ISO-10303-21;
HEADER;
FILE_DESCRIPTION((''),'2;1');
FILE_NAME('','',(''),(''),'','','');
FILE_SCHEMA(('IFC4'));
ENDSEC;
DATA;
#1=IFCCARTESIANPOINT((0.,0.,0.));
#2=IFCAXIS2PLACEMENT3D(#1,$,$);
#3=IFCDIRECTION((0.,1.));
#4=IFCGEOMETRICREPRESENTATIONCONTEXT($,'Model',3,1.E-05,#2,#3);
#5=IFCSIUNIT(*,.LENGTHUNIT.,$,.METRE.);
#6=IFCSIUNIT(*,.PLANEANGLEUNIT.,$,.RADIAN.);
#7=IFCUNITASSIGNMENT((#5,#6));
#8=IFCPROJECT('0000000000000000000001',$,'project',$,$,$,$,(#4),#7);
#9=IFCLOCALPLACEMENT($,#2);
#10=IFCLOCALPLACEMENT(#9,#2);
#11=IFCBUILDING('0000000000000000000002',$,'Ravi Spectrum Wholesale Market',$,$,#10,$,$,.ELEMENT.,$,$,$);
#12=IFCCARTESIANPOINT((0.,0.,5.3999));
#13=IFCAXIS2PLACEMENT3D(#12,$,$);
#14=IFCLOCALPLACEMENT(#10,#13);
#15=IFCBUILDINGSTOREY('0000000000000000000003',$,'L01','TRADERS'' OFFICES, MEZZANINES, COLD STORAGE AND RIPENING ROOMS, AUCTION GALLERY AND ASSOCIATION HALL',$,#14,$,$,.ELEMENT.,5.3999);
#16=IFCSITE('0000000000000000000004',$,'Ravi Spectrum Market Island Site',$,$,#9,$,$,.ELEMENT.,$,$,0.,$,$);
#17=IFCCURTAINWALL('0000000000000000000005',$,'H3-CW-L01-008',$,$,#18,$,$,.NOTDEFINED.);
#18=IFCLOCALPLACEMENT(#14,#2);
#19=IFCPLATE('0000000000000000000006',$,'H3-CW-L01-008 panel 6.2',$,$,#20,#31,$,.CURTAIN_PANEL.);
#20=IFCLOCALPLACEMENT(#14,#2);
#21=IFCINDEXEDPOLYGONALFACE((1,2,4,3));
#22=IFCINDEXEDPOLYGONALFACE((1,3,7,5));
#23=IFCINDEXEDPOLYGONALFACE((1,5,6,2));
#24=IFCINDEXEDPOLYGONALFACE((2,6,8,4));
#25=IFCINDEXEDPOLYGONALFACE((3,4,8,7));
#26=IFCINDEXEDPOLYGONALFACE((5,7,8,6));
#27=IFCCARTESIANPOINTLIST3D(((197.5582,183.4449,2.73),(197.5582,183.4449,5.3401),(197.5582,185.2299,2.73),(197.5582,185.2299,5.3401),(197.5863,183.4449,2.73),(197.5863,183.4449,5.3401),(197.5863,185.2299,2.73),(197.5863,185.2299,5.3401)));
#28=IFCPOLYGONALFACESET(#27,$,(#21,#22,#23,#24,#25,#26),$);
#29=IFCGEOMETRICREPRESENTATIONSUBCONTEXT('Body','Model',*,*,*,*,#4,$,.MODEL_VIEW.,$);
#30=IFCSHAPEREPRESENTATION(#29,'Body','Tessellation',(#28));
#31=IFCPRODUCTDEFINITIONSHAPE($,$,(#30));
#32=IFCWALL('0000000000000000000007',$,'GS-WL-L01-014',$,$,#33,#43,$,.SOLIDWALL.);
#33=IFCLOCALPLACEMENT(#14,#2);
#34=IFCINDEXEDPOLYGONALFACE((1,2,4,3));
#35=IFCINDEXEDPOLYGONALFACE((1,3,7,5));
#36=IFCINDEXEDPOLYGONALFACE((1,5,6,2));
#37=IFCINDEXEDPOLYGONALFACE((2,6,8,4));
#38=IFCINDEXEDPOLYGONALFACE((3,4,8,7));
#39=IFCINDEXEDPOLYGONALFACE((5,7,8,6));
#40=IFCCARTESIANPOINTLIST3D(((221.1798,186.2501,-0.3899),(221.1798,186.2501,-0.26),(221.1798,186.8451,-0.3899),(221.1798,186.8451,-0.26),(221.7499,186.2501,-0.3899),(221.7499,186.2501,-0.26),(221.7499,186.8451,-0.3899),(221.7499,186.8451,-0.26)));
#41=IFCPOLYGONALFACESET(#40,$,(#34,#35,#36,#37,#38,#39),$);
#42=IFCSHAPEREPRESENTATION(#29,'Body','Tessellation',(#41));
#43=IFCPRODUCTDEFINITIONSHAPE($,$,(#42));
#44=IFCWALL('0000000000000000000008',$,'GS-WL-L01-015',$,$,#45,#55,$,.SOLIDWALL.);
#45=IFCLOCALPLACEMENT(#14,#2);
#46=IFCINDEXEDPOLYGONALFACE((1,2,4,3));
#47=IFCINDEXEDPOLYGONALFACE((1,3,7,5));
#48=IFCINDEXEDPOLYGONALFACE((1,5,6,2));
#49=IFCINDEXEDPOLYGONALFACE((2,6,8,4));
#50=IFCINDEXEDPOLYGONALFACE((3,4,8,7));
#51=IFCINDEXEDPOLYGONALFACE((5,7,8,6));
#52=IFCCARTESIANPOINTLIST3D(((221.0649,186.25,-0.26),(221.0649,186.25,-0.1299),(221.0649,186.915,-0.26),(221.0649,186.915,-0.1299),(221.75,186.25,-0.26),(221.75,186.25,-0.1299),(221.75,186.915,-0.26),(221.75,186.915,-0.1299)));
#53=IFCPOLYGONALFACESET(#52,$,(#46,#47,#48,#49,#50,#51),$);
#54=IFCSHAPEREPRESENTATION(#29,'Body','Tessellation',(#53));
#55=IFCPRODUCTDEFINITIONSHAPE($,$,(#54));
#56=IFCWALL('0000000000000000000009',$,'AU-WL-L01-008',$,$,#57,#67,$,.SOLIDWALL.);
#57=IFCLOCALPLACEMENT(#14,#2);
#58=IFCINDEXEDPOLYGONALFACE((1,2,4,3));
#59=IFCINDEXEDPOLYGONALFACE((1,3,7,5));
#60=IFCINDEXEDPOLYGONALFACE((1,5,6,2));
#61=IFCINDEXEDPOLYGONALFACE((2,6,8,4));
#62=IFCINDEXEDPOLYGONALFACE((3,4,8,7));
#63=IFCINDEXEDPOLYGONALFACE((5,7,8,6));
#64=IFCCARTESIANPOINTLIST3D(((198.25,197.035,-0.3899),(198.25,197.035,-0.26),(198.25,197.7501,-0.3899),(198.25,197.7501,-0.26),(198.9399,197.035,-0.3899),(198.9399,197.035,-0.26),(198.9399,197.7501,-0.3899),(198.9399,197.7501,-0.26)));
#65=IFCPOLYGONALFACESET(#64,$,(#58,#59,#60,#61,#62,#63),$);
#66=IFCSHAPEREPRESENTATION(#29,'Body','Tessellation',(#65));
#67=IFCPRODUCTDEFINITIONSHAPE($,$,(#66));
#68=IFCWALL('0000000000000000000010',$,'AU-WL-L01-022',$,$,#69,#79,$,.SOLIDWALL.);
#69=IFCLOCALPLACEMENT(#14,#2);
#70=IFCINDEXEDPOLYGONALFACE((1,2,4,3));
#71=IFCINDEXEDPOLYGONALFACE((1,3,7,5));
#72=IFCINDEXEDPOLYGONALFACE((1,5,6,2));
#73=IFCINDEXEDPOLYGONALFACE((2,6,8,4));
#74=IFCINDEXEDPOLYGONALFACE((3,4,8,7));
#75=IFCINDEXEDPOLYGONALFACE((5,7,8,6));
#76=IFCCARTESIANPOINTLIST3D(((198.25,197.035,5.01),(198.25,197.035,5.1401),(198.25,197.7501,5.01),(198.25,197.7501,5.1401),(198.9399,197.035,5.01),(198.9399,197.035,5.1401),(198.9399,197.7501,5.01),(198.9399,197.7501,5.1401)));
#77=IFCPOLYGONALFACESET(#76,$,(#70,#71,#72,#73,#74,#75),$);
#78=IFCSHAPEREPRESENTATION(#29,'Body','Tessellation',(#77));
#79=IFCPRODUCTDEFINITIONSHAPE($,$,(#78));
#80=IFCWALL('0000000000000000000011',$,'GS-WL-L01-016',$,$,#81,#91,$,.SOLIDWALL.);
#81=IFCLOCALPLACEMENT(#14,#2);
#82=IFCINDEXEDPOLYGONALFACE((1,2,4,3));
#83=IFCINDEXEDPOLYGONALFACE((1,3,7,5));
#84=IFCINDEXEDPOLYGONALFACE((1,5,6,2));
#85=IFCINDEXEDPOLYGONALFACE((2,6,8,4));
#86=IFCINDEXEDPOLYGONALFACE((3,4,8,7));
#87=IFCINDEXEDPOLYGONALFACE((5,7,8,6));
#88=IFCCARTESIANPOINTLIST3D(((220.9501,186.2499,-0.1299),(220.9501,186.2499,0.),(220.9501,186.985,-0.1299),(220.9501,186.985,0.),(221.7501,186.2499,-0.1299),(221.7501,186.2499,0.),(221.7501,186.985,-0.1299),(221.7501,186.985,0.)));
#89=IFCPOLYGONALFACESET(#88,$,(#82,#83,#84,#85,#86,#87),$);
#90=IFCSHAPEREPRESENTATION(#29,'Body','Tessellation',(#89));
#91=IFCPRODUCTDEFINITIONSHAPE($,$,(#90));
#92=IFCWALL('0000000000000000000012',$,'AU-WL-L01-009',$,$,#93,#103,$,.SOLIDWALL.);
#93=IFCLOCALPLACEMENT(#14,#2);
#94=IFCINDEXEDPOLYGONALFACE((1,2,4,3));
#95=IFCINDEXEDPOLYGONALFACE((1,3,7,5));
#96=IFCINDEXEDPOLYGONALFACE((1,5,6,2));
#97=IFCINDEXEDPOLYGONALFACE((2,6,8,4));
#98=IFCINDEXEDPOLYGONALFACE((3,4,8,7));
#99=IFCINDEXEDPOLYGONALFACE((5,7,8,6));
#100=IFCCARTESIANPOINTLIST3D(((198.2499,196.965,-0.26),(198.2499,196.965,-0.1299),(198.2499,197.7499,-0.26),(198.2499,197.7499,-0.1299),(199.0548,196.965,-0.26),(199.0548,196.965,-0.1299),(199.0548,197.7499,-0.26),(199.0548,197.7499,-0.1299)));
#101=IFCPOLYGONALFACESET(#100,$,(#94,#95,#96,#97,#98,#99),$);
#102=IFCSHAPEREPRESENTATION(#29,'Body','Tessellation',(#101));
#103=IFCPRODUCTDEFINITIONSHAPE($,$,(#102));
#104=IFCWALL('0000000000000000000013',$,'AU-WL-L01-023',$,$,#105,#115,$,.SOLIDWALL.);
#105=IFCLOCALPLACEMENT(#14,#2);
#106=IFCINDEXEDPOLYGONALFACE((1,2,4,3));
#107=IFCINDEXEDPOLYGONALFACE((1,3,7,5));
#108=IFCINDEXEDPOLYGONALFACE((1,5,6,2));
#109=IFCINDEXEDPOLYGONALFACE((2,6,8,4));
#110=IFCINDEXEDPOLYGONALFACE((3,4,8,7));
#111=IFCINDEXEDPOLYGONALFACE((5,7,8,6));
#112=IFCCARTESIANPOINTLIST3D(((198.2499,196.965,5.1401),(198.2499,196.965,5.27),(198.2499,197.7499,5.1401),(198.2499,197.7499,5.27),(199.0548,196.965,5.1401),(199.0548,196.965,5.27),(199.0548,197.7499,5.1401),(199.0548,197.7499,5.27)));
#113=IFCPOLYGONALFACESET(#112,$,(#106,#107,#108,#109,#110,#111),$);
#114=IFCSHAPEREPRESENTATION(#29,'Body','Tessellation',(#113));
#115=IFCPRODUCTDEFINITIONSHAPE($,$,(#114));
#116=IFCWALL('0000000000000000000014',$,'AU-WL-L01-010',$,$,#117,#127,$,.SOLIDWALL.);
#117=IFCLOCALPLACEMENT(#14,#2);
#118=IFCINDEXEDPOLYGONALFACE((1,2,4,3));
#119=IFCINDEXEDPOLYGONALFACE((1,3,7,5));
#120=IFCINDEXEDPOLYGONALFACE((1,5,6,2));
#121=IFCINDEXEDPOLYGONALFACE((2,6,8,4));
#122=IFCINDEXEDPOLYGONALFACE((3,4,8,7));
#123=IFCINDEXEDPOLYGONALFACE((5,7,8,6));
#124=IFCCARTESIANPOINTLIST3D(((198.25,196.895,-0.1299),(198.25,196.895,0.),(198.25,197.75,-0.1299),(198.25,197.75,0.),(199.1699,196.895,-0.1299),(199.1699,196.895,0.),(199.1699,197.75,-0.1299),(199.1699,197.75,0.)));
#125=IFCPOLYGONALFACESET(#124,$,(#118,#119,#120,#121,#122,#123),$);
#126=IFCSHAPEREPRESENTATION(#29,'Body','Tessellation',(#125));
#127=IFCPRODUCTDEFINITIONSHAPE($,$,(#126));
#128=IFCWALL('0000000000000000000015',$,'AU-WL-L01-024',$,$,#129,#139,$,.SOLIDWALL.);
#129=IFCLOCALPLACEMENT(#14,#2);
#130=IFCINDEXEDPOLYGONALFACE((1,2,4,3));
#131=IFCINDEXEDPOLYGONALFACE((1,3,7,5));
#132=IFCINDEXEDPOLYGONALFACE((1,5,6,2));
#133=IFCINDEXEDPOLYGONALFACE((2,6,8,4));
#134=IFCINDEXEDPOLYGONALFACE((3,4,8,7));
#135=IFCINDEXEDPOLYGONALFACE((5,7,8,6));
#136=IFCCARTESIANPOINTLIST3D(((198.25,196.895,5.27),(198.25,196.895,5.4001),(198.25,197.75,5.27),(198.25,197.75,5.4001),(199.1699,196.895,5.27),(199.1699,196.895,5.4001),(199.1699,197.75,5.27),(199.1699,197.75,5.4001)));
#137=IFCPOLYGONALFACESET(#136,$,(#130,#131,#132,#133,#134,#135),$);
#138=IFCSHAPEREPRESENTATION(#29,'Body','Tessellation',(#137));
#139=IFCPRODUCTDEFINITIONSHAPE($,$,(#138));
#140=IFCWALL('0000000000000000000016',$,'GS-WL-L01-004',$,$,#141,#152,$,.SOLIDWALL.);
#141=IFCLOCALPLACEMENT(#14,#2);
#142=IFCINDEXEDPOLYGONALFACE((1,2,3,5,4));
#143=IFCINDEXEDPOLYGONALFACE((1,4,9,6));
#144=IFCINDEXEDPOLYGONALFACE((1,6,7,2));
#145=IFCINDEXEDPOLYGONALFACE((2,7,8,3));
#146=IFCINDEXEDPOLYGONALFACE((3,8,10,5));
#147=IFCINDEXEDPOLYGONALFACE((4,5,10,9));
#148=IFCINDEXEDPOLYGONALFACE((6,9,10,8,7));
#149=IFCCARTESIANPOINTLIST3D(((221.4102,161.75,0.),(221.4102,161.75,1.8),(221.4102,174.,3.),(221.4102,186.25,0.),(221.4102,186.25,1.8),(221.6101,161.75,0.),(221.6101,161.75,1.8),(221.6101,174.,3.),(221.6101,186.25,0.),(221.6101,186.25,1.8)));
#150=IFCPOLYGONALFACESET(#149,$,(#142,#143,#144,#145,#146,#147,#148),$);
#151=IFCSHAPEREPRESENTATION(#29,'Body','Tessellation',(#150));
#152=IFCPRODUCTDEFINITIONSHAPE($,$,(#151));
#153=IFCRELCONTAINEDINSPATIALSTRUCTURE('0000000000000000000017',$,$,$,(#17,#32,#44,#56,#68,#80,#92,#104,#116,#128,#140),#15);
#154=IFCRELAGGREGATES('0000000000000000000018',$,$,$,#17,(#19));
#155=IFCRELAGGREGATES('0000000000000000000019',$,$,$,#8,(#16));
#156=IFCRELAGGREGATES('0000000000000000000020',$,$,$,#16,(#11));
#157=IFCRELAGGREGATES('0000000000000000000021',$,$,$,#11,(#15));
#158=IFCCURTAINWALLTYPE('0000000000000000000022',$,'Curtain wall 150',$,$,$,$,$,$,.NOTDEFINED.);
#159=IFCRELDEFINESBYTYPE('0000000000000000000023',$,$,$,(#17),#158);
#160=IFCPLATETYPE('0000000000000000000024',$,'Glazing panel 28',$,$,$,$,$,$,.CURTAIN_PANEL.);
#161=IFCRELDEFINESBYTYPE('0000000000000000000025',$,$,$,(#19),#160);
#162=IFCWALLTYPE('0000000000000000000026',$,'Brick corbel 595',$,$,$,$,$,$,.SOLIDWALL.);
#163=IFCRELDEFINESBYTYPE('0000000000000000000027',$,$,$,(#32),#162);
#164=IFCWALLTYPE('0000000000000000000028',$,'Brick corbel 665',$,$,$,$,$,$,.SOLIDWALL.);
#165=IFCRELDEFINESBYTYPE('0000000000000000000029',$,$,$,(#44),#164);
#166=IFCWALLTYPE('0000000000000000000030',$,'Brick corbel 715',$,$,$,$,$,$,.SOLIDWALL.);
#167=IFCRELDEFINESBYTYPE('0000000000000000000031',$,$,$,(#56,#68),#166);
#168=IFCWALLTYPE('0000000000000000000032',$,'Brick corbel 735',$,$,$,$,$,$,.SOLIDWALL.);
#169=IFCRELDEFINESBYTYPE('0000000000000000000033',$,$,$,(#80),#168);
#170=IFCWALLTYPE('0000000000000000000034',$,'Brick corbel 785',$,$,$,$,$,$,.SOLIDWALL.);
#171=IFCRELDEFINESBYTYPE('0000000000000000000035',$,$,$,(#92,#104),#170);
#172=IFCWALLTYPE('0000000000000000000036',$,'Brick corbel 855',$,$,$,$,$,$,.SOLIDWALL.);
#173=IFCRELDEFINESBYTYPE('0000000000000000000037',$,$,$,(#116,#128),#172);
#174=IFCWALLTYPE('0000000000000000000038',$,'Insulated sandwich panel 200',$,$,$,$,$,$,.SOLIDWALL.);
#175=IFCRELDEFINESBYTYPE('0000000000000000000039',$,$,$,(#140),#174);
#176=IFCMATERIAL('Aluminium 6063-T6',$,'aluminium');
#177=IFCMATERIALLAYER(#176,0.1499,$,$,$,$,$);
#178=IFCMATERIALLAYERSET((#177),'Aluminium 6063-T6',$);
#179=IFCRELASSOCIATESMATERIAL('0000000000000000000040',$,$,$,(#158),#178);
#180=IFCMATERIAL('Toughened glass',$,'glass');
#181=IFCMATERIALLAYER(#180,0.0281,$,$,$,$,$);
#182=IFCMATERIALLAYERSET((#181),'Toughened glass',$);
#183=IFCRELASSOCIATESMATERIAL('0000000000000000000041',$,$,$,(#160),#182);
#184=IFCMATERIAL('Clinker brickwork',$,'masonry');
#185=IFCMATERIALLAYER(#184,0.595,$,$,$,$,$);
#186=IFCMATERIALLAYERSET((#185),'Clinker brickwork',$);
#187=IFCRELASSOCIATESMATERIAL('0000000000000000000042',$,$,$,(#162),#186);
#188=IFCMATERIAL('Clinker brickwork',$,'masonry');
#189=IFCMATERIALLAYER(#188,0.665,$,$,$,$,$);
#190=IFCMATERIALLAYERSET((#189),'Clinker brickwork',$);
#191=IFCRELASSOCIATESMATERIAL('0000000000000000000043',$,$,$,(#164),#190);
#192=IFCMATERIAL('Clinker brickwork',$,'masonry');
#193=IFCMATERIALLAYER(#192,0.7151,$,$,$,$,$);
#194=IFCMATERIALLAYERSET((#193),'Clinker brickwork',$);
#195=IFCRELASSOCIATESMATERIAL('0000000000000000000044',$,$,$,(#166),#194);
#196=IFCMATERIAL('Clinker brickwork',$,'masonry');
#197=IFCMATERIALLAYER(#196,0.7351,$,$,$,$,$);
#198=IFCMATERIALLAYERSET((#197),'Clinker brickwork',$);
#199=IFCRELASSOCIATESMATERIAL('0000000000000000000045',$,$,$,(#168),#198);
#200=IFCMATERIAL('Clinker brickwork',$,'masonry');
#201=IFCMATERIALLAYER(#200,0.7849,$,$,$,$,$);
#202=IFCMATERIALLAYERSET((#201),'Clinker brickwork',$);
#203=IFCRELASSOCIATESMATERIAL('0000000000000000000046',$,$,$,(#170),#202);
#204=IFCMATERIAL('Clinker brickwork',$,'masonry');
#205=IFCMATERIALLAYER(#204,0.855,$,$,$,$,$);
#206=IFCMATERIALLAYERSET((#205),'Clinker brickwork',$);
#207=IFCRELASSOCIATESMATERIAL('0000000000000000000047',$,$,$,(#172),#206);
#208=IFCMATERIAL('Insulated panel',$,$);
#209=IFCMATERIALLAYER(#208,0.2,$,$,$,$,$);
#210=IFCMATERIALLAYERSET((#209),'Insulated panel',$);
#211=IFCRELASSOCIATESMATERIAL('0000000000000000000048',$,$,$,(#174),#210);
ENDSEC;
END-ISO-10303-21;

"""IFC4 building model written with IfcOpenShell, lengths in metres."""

from ifc_helpers import new_model, si_unit, direction, frame, frame_2d, origin, origin_2d, place, context, subcontext, project, spatial, polyline, rectangle, outline, extrude, material, layer, layer_set, type_object, element, aggregate, save


model = new_model("IFC4")

# Units and contexts
model_context = context("Model", 3, precision=1e-05, world=origin(), true_north=direction((0.0, 1.0)))
body_context = subcontext(model_context, "Body", "Model", "MODEL_VIEW")
ifc_project = project(units=[si_unit("LENGTHUNIT", "METRE"), si_unit("PLANEANGLEUNIT", "RADIAN")], contexts=[model_context])

# Site, building, storey
site_placement = place(None, origin())
site = spatial("IfcSite", under=ifc_project, at=site_placement, Name="Ravi Spectrum Market Island Site", CompositionType="ELEMENT", RefElevation=0.0)
building_placement = place(site_placement, origin())
building = spatial("IfcBuilding", under=site, at=building_placement, Name="Ravi Spectrum Wholesale Market", CompositionType="ELEMENT")
storey_placement = place(building_placement, frame((0.0, 0.0, 5.3999)))
storey = spatial("IfcBuildingStorey", under=building, at=storey_placement, Name="L01", Description="TRADERS' OFFICES, MEZZANINES, COLD STORAGE AND RIPENING ROOMS, AUCTION GALLERY AND ASSOCIATION HALL", CompositionType="ELEMENT", Elevation=5.3999)

# Curtain wall, plate
ifc_material_1 = material(Name="Aluminium 6063-T6", Category="aluminium")
ifc_layer_1 = layer(ifc_material_1, 0.1499)
ifc_layer_set_1 = layer_set([ifc_layer_1], Name="Aluminium 6063-T6")
curtain_wall_type = type_object("IfcCurtainWallType", Name="Curtain wall 150", PredefinedType="NOTDEFINED", material=ifc_layer_set_1)
curtain_wall_placement = place(storey_placement, origin())
curtain_wall = element("IfcCurtainWall", 1, at=curtain_wall_placement, inside=storey, type_object=curtain_wall_type, Name="H3-CW-L01-008", PredefinedType="NOTDEFINED")
ifc_material_2 = material(Name="Toughened glass", Category="glass")
ifc_layer_2 = layer(ifc_material_2, 0.0281)
ifc_layer_set_2 = layer_set([ifc_layer_2], Name="Toughened glass")
plate_type = type_object("IfcPlateType", Name="Glazing panel 28", PredefinedType="CURTAIN_PANEL", material=ifc_layer_set_2)
plate_1_placement = place(storey_placement, frame((197.5723, 184.3374, 2.73), z_axis=(0.0, 0.0, 1.0), x_axis=(0.0, 1.0, 0.0)))
plate_1 = element("IfcPlate", 2, at=plate_1_placement, type_object=plate_type, Name="H3-CW-L01-008 panel 6.2", PredefinedType="CURTAIN_PANEL", context=body_context, shape_type="SweptSolid", body=[
    extrude(rectangle(XDim=1.7849, YDim=0.0281, at=origin_2d()), origin(), (0.0, 0.0, 1.0), 2.6101),
])
aggregate(curtain_wall, [plate_1])

# Walls
ifc_material_3 = material(Name="Clinker brickwork", Category="masonry")
ifc_layer_3 = layer(ifc_material_3, 0.595)
ifc_layer_set_3 = layer_set([ifc_layer_3], Name="Clinker brickwork")
wall_type_1 = type_object("IfcWallType", Name="Brick corbel 595", PredefinedType="SOLIDWALL", material=ifc_layer_set_3)
wall_1_placement = place(storey_placement, frame((221.75, 186.5476, -0.3899), z_axis=(0.0, 0.0, 1.0), x_axis=(-1.0, 0.0, 0.0)))
element("IfcWall", 3, at=wall_1_placement, inside=storey, type_object=wall_type_1, Name="GS-WL-L01-014", PredefinedType="SOLIDWALL", context=body_context, shape_type="SweptSolid", body=[
    extrude(rectangle(XDim=0.5701, YDim=0.595, at=frame_2d((0.2852, 0.0))), origin(), (0.0, 0.0, 1.0), 0.1299),
])
ifc_material_4 = material(Name="Clinker brickwork", Category="masonry")
ifc_layer_4 = layer(ifc_material_4, 0.665)
ifc_layer_set_4 = layer_set([ifc_layer_4], Name="Clinker brickwork")
wall_type_2 = type_object("IfcWallType", Name="Brick corbel 665", PredefinedType="SOLIDWALL", material=ifc_layer_set_4)
wall_2_placement = place(storey_placement, frame((221.75, 186.5825, -0.26), z_axis=(0.0, 0.0, 1.0), x_axis=(-1.0, 0.0, 0.0)))
element("IfcWall", 4, at=wall_2_placement, inside=storey, type_object=wall_type_2, Name="GS-WL-L01-015", PredefinedType="SOLIDWALL", context=body_context, shape_type="SweptSolid", body=[
    extrude(rectangle(XDim=0.6851, YDim=0.665, at=frame_2d((0.3425, 0.0))), origin(), (0.0, 0.0, 1.0), 0.1301),
])
ifc_material_5 = material(Name="Clinker brickwork", Category="masonry")
ifc_layer_5 = layer(ifc_material_5, 0.7151)
ifc_layer_set_5 = layer_set([ifc_layer_5], Name="Clinker brickwork")
wall_type_3 = type_object("IfcWallType", Name="Brick corbel 715", PredefinedType="SOLIDWALL", material=ifc_layer_set_5)
wall_3_placement = place(storey_placement, frame((198.25, 197.3926, -0.3899), z_axis=(0.0, 0.0, 1.0), x_axis=(1.0, 0.0, 0.0)))
element("IfcWall", 5, at=wall_3_placement, inside=storey, type_object=wall_type_3, Name="AU-WL-L01-008", PredefinedType="SOLIDWALL", context=body_context, shape_type="SweptSolid", body=[
    extrude(rectangle(XDim=0.6899, YDim=0.7151, at=frame_2d((0.345, 0.0))), origin(), (0.0, 0.0, 1.0), 0.1299),
])
wall_4_placement = place(storey_placement, frame((198.25, 197.3926, 5.01), z_axis=(0.0, 0.0, 1.0), x_axis=(1.0, 0.0, 0.0)))
element("IfcWall", 6, at=wall_4_placement, inside=storey, type_object=wall_type_3, Name="AU-WL-L01-022", PredefinedType="SOLIDWALL", context=body_context, shape_type="SweptSolid", body=[
    extrude(rectangle(XDim=0.6899, YDim=0.7151, at=frame_2d((0.345, 0.0))), origin(), (0.0, 0.0, 1.0), 0.1301),
])
ifc_material_6 = material(Name="Clinker brickwork", Category="masonry")
ifc_layer_6 = layer(ifc_material_6, 0.7351)
ifc_layer_set_6 = layer_set([ifc_layer_6], Name="Clinker brickwork")
wall_type_4 = type_object("IfcWallType", Name="Brick corbel 735", PredefinedType="SOLIDWALL", material=ifc_layer_set_6)
wall_5_placement = place(storey_placement, frame((221.75, 186.6174, -0.1299), z_axis=(0.0, 0.0, 1.0), x_axis=(-1.0, 0.0, 0.0)))
element("IfcWall", 7, at=wall_5_placement, inside=storey, type_object=wall_type_4, Name="GS-WL-L01-016", PredefinedType="SOLIDWALL", context=body_context, shape_type="SweptSolid", body=[
    extrude(rectangle(XDim=0.8, YDim=0.7351, at=frame_2d((0.3999, 0.0))), origin(), (0.0, 0.0, 1.0), 0.1299),
])
ifc_material_7 = material(Name="Clinker brickwork", Category="masonry")
ifc_layer_7 = layer(ifc_material_7, 0.7849)
ifc_layer_set_7 = layer_set([ifc_layer_7], Name="Clinker brickwork")
wall_type_5 = type_object("IfcWallType", Name="Brick corbel 785", PredefinedType="SOLIDWALL", material=ifc_layer_set_7)
wall_6_placement = place(storey_placement, frame((198.25, 197.3574, -0.26), z_axis=(0.0, 0.0, 1.0), x_axis=(1.0, 0.0, 0.0)))
element("IfcWall", 8, at=wall_6_placement, inside=storey, type_object=wall_type_5, Name="AU-WL-L01-009", PredefinedType="SOLIDWALL", context=body_context, shape_type="SweptSolid", body=[
    extrude(rectangle(XDim=0.8049, YDim=0.7849, at=frame_2d((0.4023, 0.0))), origin(), (0.0, 0.0, 1.0), 0.1301),
])
wall_7_placement = place(storey_placement, frame((198.25, 197.3574, 5.1401), z_axis=(0.0, 0.0, 1.0), x_axis=(1.0, 0.0, 0.0)))
element("IfcWall", 9, at=wall_7_placement, inside=storey, type_object=wall_type_5, Name="AU-WL-L01-023", PredefinedType="SOLIDWALL", context=body_context, shape_type="SweptSolid", body=[
    extrude(rectangle(XDim=0.8049, YDim=0.7849, at=frame_2d((0.4023, 0.0))), origin(), (0.0, 0.0, 1.0), 0.1299),
])
ifc_material_8 = material(Name="Clinker brickwork", Category="masonry")
ifc_layer_8 = layer(ifc_material_8, 0.855)
ifc_layer_set_8 = layer_set([ifc_layer_8], Name="Clinker brickwork")
wall_type_6 = type_object("IfcWallType", Name="Brick corbel 855", PredefinedType="SOLIDWALL", material=ifc_layer_set_8)
wall_8_placement = place(storey_placement, frame((198.25, 197.3225, -0.1299), z_axis=(0.0, 0.0, 1.0), x_axis=(1.0, 0.0, 0.0)))
element("IfcWall", 10, at=wall_8_placement, inside=storey, type_object=wall_type_6, Name="AU-WL-L01-010", PredefinedType="SOLIDWALL", context=body_context, shape_type="SweptSolid", body=[
    extrude(rectangle(XDim=0.9199, YDim=0.855, at=frame_2d((0.46, 0.0))), origin(), (0.0, 0.0, 1.0), 0.1299),
])
wall_9_placement = place(storey_placement, frame((198.25, 197.3225, 5.27), z_axis=(0.0, 0.0, 1.0), x_axis=(1.0, 0.0, 0.0)))
element("IfcWall", 11, at=wall_9_placement, inside=storey, type_object=wall_type_6, Name="AU-WL-L01-024", PredefinedType="SOLIDWALL", context=body_context, shape_type="SweptSolid", body=[
    extrude(rectangle(XDim=0.9199, YDim=0.855, at=frame_2d((0.46, 0.0))), origin(), (0.0, 0.0, 1.0), 0.1301),
])
ifc_material_9 = material(Name="Insulated panel")
ifc_layer_9 = layer(ifc_material_9, 0.2)
ifc_layer_set_9 = layer_set([ifc_layer_9], Name="Insulated panel")
wall_type_7 = type_object("IfcWallType", Name="Insulated sandwich panel 200", PredefinedType="SOLIDWALL", material=ifc_layer_set_9)
wall_10_placement = place(storey_placement, frame((221.51, 186.25, 0.0), z_axis=(0.0, 0.0, 1.0), x_axis=(0.0, -1.0, 0.0)))
element("IfcWall", 12, at=wall_10_placement, inside=storey, type_object=wall_type_7, Name="GS-WL-L01-004", PredefinedType="SOLIDWALL", context=body_context, shape_type="SweptSolid", body=[
    extrude(outline(polyline([(0.0, 0.0), (24.5, 0.0), (24.5, 1.8), (12.25, 3.0), (0.0, 1.8), (0.0, 0.0)])), frame((0.0, 0.1001, 0.0), z_axis=(0.0, -1.0, 0.0), x_axis=(1.0, 0.0, 0.0)), (0.0, 0.0, 1.0), 0.2),
])

save(model, "model.ifc")
